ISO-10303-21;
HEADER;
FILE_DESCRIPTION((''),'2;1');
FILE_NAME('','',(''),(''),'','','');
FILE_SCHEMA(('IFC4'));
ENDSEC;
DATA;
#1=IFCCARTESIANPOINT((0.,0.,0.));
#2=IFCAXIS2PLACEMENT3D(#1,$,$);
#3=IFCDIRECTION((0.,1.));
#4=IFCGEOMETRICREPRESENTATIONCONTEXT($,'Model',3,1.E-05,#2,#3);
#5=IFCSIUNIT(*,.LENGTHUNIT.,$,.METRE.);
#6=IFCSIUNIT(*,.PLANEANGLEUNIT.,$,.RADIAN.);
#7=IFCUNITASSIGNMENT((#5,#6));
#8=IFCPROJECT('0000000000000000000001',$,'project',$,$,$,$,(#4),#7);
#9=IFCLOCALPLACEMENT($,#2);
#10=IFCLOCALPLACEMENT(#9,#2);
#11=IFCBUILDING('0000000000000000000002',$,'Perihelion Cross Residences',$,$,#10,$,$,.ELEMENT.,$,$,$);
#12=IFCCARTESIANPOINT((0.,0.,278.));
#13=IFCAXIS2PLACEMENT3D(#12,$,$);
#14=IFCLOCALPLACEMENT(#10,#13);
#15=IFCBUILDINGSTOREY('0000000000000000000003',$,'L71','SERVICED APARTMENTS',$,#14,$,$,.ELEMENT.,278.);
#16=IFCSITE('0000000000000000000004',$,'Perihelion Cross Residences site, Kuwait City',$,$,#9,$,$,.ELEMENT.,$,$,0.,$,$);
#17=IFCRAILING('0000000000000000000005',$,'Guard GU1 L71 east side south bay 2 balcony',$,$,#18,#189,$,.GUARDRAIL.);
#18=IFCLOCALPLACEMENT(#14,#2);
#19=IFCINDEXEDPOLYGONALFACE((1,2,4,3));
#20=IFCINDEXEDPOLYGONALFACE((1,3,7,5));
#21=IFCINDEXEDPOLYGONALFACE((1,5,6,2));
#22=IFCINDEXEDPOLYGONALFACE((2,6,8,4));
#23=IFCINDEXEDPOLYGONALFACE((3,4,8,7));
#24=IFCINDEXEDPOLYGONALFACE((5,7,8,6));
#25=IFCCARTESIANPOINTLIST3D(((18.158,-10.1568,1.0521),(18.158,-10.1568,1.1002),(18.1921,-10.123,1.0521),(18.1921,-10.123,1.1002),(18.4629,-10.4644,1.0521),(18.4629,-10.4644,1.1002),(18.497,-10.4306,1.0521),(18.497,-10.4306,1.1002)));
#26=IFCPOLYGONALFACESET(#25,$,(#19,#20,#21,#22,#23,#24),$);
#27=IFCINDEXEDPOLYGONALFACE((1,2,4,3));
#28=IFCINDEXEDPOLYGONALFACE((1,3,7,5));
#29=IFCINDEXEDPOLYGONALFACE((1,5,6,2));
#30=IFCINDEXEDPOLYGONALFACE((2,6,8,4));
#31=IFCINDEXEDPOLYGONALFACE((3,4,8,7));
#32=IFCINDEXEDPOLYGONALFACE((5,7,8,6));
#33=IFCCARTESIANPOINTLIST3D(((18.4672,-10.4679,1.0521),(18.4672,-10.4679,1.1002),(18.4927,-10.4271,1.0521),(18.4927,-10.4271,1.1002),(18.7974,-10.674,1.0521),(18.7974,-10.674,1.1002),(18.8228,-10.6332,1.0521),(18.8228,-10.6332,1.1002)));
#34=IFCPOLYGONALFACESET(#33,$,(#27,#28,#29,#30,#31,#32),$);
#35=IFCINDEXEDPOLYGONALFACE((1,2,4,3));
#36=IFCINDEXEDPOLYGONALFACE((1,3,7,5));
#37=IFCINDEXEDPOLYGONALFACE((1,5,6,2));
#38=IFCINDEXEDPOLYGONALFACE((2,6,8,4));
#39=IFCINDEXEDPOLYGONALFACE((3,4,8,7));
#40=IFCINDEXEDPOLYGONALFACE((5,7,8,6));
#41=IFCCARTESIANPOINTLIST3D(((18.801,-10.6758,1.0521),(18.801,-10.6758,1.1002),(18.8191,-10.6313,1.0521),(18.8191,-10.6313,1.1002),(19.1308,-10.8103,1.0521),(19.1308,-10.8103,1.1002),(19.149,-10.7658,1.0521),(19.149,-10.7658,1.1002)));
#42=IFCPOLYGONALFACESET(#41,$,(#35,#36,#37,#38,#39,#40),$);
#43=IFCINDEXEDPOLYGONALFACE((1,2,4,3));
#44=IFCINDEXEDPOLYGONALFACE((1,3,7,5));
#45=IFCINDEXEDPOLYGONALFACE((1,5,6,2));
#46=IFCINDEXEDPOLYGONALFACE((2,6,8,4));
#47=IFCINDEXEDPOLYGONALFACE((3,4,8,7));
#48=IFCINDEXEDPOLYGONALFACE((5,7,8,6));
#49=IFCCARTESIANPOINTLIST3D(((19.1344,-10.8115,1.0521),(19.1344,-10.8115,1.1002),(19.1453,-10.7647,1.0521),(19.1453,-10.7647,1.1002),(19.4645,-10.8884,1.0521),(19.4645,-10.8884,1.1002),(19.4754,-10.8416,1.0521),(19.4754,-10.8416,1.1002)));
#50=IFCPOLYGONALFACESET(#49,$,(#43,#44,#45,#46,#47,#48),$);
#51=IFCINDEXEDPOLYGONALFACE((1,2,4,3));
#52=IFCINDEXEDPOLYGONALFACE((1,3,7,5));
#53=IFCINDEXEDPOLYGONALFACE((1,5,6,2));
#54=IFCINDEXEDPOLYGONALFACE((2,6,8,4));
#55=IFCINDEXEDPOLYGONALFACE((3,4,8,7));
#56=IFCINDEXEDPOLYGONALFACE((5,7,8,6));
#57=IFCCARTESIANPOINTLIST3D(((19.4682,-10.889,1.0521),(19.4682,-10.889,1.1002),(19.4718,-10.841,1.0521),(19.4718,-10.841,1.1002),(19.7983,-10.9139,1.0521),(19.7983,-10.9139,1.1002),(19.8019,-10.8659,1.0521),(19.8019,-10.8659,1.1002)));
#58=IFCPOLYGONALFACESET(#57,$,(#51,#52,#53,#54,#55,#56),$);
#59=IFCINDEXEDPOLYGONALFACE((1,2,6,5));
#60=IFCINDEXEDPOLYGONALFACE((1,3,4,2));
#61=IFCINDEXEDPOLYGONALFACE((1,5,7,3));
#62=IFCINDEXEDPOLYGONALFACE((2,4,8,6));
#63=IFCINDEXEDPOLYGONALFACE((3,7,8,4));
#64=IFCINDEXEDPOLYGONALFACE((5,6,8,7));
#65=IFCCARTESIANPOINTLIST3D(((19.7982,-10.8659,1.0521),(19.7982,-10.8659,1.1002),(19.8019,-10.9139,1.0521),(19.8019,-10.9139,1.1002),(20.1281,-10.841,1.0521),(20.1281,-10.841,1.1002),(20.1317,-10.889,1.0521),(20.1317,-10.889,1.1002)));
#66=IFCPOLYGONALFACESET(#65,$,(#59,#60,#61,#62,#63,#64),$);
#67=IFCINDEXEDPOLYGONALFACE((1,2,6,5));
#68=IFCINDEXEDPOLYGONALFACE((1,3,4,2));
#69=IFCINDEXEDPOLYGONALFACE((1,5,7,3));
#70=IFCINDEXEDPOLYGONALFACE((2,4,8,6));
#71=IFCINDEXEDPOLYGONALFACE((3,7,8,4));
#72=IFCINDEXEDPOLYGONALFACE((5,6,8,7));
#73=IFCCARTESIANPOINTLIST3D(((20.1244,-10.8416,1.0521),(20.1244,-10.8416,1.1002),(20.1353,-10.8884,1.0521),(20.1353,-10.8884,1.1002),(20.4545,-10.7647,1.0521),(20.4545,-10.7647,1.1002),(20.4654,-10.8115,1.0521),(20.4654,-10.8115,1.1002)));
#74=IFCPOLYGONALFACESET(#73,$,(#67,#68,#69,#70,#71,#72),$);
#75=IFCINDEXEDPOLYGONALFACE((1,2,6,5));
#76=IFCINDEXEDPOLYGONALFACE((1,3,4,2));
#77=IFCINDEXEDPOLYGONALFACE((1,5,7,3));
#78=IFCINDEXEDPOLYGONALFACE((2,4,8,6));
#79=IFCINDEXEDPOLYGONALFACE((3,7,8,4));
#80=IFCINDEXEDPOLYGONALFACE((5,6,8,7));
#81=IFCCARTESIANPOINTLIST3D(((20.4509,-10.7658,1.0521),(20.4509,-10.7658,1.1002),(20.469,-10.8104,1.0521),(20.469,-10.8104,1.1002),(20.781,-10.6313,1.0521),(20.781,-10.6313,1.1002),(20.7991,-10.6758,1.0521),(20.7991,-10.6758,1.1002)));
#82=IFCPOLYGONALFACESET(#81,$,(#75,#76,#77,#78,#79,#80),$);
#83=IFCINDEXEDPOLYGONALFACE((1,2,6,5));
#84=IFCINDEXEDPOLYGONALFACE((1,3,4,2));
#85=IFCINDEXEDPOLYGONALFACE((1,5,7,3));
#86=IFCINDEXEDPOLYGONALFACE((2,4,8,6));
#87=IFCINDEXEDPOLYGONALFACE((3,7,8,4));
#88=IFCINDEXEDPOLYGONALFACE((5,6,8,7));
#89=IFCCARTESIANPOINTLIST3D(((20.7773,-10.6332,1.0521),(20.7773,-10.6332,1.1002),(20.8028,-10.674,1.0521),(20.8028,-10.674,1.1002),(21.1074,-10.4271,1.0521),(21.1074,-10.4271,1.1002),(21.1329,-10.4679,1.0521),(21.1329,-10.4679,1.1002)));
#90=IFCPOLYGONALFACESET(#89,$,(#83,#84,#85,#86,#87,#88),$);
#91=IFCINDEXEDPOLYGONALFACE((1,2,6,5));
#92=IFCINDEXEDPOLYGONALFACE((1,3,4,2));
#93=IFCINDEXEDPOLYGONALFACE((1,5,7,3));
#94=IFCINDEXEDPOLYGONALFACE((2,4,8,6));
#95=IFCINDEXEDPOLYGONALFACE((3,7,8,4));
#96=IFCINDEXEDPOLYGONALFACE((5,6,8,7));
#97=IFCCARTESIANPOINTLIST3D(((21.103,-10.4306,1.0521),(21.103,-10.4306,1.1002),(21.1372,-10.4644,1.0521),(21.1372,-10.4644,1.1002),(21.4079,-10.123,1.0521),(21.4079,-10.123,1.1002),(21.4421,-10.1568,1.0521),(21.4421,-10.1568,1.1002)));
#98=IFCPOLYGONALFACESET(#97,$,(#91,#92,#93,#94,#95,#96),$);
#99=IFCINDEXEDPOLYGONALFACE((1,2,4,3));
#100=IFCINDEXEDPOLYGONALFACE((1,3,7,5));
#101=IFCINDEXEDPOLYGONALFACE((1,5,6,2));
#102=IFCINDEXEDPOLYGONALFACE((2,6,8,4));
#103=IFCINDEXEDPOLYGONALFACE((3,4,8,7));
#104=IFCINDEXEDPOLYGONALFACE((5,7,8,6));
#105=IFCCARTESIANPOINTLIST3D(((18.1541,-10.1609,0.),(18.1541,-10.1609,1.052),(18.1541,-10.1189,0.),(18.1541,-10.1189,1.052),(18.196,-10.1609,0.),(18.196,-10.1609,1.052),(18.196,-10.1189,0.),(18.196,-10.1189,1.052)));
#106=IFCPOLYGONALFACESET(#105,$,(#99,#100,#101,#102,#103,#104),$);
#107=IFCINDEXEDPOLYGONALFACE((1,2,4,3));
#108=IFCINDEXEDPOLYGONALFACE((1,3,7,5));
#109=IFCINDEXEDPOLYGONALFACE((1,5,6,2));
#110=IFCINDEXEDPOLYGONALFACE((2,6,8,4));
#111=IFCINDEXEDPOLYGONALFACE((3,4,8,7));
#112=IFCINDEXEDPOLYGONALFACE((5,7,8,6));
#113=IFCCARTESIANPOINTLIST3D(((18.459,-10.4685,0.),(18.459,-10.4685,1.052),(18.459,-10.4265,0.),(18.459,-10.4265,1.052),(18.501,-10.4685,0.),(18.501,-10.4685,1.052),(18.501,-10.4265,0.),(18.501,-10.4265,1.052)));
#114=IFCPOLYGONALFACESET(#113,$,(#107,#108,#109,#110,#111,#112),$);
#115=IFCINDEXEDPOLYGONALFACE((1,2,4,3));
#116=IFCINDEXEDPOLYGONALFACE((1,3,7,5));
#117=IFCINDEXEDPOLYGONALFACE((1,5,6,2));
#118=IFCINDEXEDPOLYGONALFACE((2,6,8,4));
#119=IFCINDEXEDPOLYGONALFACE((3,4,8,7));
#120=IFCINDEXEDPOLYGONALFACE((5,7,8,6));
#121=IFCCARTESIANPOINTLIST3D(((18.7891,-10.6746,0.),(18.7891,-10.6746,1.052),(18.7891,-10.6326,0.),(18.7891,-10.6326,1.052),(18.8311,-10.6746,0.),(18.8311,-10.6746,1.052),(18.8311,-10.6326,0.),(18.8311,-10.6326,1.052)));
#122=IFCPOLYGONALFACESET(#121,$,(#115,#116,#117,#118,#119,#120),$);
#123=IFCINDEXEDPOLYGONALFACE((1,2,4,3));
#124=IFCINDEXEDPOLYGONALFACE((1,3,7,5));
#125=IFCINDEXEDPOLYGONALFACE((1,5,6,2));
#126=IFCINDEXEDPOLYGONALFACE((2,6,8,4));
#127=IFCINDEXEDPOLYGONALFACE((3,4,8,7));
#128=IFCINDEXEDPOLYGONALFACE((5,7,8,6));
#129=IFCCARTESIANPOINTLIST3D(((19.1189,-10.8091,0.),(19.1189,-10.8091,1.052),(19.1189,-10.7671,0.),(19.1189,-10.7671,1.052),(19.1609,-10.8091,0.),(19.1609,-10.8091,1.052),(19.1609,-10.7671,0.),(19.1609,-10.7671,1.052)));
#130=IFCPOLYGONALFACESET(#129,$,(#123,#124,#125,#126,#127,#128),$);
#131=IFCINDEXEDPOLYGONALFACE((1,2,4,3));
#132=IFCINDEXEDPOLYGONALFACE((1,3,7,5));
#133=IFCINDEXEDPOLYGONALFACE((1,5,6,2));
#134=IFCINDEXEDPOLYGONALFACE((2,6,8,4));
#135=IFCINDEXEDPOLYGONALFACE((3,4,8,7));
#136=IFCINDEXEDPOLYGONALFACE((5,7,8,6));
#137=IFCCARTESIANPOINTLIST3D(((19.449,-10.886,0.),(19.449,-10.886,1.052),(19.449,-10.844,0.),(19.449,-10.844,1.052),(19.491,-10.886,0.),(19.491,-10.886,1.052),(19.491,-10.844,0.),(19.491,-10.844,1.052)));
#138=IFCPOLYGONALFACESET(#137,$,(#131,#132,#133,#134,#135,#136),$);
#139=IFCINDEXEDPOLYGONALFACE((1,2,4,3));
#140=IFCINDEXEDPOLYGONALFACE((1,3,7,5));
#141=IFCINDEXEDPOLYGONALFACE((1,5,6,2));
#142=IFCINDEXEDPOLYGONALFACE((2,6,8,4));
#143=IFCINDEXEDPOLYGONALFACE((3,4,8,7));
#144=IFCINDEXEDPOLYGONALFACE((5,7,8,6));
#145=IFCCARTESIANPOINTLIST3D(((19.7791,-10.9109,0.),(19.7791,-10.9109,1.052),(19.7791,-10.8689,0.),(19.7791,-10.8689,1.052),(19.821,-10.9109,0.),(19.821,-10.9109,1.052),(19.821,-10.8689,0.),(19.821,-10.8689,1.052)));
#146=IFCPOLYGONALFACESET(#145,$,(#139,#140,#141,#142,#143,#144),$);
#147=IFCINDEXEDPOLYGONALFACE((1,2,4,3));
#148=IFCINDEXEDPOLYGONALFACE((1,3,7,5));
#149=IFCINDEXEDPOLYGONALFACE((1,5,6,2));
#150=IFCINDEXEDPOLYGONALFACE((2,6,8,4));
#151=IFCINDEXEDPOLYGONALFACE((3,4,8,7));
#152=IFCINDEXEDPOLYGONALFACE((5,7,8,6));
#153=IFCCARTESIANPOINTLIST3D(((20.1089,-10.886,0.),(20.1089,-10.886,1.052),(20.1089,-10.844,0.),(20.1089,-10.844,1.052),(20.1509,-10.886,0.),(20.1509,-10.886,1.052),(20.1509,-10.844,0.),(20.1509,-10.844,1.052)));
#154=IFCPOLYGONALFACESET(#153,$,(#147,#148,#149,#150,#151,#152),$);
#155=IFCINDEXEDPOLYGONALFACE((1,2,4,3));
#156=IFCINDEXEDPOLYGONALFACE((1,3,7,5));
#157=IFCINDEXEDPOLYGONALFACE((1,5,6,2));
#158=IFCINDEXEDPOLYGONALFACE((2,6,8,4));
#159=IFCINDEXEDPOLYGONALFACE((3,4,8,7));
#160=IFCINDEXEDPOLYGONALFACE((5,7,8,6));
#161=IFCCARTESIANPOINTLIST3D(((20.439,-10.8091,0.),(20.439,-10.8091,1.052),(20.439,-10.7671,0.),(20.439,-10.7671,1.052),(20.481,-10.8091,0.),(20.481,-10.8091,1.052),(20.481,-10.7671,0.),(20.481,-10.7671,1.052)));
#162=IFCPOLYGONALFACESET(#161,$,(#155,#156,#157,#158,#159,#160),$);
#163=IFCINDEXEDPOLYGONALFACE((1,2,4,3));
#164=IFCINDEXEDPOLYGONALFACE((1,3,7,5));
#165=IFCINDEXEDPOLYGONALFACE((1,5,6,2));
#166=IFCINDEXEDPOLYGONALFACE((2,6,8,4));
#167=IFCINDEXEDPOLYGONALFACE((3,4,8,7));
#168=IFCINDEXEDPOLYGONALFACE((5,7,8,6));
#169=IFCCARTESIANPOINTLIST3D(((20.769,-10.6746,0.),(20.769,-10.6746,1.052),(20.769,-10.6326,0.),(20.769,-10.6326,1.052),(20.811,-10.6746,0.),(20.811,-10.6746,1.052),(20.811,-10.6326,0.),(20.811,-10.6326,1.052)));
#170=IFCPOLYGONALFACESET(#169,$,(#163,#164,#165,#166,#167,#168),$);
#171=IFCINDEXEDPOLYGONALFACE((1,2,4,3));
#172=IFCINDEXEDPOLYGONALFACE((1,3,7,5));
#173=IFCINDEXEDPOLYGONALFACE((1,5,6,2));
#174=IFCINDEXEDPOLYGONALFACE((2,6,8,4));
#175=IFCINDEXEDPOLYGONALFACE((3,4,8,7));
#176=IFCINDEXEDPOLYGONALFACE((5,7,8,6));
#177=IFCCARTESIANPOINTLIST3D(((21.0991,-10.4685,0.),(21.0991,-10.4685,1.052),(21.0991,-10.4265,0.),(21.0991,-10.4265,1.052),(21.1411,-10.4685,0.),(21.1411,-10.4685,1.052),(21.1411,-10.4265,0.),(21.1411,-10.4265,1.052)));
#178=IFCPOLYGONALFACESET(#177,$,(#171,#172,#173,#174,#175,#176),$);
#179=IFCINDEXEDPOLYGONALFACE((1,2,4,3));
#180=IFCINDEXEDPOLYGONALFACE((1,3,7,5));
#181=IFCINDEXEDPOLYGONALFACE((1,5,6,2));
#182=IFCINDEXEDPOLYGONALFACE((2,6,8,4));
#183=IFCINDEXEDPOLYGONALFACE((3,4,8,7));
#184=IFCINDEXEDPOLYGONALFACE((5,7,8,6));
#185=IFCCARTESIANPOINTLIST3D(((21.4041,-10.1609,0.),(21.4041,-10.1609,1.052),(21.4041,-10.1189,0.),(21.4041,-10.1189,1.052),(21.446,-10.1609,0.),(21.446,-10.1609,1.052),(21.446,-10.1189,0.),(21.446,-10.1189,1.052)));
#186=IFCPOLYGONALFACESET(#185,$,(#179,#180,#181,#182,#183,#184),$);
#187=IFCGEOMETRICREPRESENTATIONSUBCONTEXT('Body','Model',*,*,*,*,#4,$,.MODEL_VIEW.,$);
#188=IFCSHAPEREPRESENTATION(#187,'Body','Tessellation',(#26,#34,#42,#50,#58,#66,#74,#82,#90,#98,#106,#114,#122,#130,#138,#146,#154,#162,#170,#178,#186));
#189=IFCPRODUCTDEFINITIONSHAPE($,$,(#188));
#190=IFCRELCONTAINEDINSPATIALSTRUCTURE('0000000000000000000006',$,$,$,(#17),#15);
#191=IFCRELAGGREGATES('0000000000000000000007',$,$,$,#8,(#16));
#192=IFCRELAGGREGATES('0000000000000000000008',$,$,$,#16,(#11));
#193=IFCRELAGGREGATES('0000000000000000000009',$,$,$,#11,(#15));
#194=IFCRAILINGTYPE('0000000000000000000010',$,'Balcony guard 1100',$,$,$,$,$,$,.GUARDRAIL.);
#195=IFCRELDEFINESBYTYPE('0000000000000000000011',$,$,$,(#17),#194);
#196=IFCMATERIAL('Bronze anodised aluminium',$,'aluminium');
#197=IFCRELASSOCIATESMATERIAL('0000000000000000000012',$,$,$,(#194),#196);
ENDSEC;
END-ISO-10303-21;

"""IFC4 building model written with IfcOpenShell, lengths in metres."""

from ifc_helpers import new_model, si_unit, direction, frame, origin, origin_2d, place, context, subcontext, project, spatial, rectangle, extrude, material, type_object, element, save


model = new_model("IFC4")

# Units and contexts
model_context = context("Model", 3, precision=1e-05, world=origin(), true_north=direction((0.0, 1.0)))
body_context = subcontext(model_context, "Body", "Model", "MODEL_VIEW")
ifc_project = project(units=[si_unit("LENGTHUNIT", "METRE"), si_unit("PLANEANGLEUNIT", "RADIAN")], contexts=[model_context])

# Site, building, storey
site_placement = place(None, origin())
site = spatial("IfcSite", under=ifc_project, at=site_placement, Name="Perihelion Cross Residences site, Kuwait City", CompositionType="ELEMENT", RefElevation=0.0)
building_placement = place(site_placement, origin())
building = spatial("IfcBuilding", under=site, at=building_placement, Name="Perihelion Cross Residences", CompositionType="ELEMENT")
storey_placement = place(building_placement, frame((0.0, 0.0, 278.0)))
storey = spatial("IfcBuildingStorey", under=building, at=storey_placement, Name="L71", Description="SERVICED APARTMENTS", CompositionType="ELEMENT", Elevation=278.0)

# Railing
ifc_material_1 = material(Name="Bronze anodised aluminium", Category="aluminium")
railing_type = type_object("IfcRailingType", Name="Balcony guard 1100", PredefinedType="GUARDRAIL", material=ifc_material_1)
railing_placement = place(storey_placement, frame((18.175, -10.1399, 0.0)))
element("IfcRailing", 1, at=railing_placement, inside=storey, type_object=railing_type, Name="Guard GU1 L71 east side south bay 2 balcony", PredefinedType="GUARDRAIL", context=body_context, shape_type="SweptSolid", body=[
    extrude(rectangle(XDim=0.0481, YDim=0.0481, at=origin_2d()), frame((0.0, 0.0, 1.0762), z_axis=(0.704, -0.7102, 0.0), x_axis=(0.7102, 0.704, 0.0)), (0.0, 0.0, 1.0), 0.4331),
    extrude(rectangle(XDim=0.0481, YDim=0.0481, at=origin_2d()), frame((0.3049, -0.3076, 1.0762), z_axis=(0.84828, -0.529548, 0.0), x_axis=(0.529548, 0.84828, 0.0)), (0.0, 0.0, 1.0), 0.3892),
    extrude(rectangle(XDim=0.0481, YDim=0.0481, at=origin_2d()), frame((0.635, -0.5137, 1.0762), z_axis=(0.92595, -0.377645, 0.0), x_axis=(0.377645, 0.92595, 0.0)), (0.0, 0.0, 1.0), 0.3562),
    extrude(rectangle(XDim=0.0481, YDim=0.0481, at=origin_2d()), frame((0.9648, -0.6482, 1.0762), z_axis=(0.973916, -0.226911, 0.0), x_axis=(0.226911, 0.973916, 0.0)), (0.0, 0.0, 1.0), 0.3389),
    extrude(rectangle(XDim=0.0481, YDim=0.0481, at=origin_2d()), frame((1.2949, -0.7251, 1.0762), z_axis=(0.997166, -0.07523, 0.0), x_axis=(0.07523, 0.997166, 0.0)), (0.0, 0.0, 1.0), 0.3311),
    extrude(rectangle(XDim=0.0481, YDim=0.0481, at=origin_2d()), frame((1.625, -0.75, 1.0762), z_axis=(0.997162, 0.075285, 0.0), x_axis=(-0.075285, 0.997162, 0.0)), (0.0, 0.0, 1.0), 0.3308),
    extrude(rectangle(XDim=0.0481, YDim=0.0481, at=origin_2d()), frame((1.9548, -0.7251, 1.0762), z_axis=(0.973916, 0.226911, 0.0), x_axis=(-0.226911, 0.973916, 0.0)), (0.0, 0.0, 1.0), 0.3389),
    extrude(rectangle(XDim=0.0481, YDim=0.0481, at=origin_2d()), frame((2.2849, -0.6482, 1.0762), z_axis=(0.926048, 0.377406, 0.0), x_axis=(-0.377406, 0.926048, 0.0)), (0.0, 0.0, 1.0), 0.3564),
    extrude(rectangle(XDim=0.0481, YDim=0.0481, at=origin_2d()), frame((2.615, -0.5137, 1.0762), z_axis=(0.84828, 0.529548, 0.0), x_axis=(-0.529548, 0.84828, 0.0)), (0.0, 0.0, 1.0), 0.3892),
    extrude(rectangle(XDim=0.0481, YDim=0.0481, at=origin_2d()), frame((2.9451, -0.3076, 1.0762), z_axis=(0.704, 0.7102, 0.0), x_axis=(-0.7102, 0.704, 0.0)), (0.0, 0.0, 1.0), 0.4331),
    extrude(rectangle(XDim=0.042, YDim=0.042, at=origin_2d()), origin(), (0.0, 0.0, 1.0), 1.052),
    extrude(rectangle(XDim=0.042, YDim=0.042, at=origin_2d()), frame((0.3049, -0.3076, 0.0)), (0.0, 0.0, 1.0), 1.052),
    extrude(rectangle(XDim=0.042, YDim=0.042, at=origin_2d()), frame((0.635, -0.5137, 0.0)), (0.0, 0.0, 1.0), 1.052),
    extrude(rectangle(XDim=0.042, YDim=0.042, at=origin_2d()), frame((0.9648, -0.6482, 0.0)), (0.0, 0.0, 1.0), 1.052),
    extrude(rectangle(XDim=0.042, YDim=0.042, at=origin_2d()), frame((1.2949, -0.7251, 0.0)), (0.0, 0.0, 1.0), 1.052),
    extrude(rectangle(XDim=0.042, YDim=0.042, at=origin_2d()), frame((1.625, -0.75, 0.0)), (0.0, 0.0, 1.0), 1.052),
    extrude(rectangle(XDim=0.042, YDim=0.042, at=origin_2d()), frame((1.9548, -0.7251, 0.0)), (0.0, 0.0, 1.0), 1.052),
    extrude(rectangle(XDim=0.042, YDim=0.042, at=origin_2d()), frame((2.2849, -0.6482, 0.0)), (0.0, 0.0, 1.0), 1.052),
    extrude(rectangle(XDim=0.042, YDim=0.042, at=origin_2d()), frame((2.615, -0.5137, 0.0)), (0.0, 0.0, 1.0), 1.052),
    extrude(rectangle(XDim=0.042, YDim=0.042, at=origin_2d()), frame((2.9451, -0.3076, 0.0)), (0.0, 0.0, 1.0), 1.052),
    extrude(rectangle(XDim=0.042, YDim=0.042, at=origin_2d()), frame((3.25, 0.0, 0.0)), (0.0, 0.0, 1.0), 1.052),
])

save(model, "model.ifc")
